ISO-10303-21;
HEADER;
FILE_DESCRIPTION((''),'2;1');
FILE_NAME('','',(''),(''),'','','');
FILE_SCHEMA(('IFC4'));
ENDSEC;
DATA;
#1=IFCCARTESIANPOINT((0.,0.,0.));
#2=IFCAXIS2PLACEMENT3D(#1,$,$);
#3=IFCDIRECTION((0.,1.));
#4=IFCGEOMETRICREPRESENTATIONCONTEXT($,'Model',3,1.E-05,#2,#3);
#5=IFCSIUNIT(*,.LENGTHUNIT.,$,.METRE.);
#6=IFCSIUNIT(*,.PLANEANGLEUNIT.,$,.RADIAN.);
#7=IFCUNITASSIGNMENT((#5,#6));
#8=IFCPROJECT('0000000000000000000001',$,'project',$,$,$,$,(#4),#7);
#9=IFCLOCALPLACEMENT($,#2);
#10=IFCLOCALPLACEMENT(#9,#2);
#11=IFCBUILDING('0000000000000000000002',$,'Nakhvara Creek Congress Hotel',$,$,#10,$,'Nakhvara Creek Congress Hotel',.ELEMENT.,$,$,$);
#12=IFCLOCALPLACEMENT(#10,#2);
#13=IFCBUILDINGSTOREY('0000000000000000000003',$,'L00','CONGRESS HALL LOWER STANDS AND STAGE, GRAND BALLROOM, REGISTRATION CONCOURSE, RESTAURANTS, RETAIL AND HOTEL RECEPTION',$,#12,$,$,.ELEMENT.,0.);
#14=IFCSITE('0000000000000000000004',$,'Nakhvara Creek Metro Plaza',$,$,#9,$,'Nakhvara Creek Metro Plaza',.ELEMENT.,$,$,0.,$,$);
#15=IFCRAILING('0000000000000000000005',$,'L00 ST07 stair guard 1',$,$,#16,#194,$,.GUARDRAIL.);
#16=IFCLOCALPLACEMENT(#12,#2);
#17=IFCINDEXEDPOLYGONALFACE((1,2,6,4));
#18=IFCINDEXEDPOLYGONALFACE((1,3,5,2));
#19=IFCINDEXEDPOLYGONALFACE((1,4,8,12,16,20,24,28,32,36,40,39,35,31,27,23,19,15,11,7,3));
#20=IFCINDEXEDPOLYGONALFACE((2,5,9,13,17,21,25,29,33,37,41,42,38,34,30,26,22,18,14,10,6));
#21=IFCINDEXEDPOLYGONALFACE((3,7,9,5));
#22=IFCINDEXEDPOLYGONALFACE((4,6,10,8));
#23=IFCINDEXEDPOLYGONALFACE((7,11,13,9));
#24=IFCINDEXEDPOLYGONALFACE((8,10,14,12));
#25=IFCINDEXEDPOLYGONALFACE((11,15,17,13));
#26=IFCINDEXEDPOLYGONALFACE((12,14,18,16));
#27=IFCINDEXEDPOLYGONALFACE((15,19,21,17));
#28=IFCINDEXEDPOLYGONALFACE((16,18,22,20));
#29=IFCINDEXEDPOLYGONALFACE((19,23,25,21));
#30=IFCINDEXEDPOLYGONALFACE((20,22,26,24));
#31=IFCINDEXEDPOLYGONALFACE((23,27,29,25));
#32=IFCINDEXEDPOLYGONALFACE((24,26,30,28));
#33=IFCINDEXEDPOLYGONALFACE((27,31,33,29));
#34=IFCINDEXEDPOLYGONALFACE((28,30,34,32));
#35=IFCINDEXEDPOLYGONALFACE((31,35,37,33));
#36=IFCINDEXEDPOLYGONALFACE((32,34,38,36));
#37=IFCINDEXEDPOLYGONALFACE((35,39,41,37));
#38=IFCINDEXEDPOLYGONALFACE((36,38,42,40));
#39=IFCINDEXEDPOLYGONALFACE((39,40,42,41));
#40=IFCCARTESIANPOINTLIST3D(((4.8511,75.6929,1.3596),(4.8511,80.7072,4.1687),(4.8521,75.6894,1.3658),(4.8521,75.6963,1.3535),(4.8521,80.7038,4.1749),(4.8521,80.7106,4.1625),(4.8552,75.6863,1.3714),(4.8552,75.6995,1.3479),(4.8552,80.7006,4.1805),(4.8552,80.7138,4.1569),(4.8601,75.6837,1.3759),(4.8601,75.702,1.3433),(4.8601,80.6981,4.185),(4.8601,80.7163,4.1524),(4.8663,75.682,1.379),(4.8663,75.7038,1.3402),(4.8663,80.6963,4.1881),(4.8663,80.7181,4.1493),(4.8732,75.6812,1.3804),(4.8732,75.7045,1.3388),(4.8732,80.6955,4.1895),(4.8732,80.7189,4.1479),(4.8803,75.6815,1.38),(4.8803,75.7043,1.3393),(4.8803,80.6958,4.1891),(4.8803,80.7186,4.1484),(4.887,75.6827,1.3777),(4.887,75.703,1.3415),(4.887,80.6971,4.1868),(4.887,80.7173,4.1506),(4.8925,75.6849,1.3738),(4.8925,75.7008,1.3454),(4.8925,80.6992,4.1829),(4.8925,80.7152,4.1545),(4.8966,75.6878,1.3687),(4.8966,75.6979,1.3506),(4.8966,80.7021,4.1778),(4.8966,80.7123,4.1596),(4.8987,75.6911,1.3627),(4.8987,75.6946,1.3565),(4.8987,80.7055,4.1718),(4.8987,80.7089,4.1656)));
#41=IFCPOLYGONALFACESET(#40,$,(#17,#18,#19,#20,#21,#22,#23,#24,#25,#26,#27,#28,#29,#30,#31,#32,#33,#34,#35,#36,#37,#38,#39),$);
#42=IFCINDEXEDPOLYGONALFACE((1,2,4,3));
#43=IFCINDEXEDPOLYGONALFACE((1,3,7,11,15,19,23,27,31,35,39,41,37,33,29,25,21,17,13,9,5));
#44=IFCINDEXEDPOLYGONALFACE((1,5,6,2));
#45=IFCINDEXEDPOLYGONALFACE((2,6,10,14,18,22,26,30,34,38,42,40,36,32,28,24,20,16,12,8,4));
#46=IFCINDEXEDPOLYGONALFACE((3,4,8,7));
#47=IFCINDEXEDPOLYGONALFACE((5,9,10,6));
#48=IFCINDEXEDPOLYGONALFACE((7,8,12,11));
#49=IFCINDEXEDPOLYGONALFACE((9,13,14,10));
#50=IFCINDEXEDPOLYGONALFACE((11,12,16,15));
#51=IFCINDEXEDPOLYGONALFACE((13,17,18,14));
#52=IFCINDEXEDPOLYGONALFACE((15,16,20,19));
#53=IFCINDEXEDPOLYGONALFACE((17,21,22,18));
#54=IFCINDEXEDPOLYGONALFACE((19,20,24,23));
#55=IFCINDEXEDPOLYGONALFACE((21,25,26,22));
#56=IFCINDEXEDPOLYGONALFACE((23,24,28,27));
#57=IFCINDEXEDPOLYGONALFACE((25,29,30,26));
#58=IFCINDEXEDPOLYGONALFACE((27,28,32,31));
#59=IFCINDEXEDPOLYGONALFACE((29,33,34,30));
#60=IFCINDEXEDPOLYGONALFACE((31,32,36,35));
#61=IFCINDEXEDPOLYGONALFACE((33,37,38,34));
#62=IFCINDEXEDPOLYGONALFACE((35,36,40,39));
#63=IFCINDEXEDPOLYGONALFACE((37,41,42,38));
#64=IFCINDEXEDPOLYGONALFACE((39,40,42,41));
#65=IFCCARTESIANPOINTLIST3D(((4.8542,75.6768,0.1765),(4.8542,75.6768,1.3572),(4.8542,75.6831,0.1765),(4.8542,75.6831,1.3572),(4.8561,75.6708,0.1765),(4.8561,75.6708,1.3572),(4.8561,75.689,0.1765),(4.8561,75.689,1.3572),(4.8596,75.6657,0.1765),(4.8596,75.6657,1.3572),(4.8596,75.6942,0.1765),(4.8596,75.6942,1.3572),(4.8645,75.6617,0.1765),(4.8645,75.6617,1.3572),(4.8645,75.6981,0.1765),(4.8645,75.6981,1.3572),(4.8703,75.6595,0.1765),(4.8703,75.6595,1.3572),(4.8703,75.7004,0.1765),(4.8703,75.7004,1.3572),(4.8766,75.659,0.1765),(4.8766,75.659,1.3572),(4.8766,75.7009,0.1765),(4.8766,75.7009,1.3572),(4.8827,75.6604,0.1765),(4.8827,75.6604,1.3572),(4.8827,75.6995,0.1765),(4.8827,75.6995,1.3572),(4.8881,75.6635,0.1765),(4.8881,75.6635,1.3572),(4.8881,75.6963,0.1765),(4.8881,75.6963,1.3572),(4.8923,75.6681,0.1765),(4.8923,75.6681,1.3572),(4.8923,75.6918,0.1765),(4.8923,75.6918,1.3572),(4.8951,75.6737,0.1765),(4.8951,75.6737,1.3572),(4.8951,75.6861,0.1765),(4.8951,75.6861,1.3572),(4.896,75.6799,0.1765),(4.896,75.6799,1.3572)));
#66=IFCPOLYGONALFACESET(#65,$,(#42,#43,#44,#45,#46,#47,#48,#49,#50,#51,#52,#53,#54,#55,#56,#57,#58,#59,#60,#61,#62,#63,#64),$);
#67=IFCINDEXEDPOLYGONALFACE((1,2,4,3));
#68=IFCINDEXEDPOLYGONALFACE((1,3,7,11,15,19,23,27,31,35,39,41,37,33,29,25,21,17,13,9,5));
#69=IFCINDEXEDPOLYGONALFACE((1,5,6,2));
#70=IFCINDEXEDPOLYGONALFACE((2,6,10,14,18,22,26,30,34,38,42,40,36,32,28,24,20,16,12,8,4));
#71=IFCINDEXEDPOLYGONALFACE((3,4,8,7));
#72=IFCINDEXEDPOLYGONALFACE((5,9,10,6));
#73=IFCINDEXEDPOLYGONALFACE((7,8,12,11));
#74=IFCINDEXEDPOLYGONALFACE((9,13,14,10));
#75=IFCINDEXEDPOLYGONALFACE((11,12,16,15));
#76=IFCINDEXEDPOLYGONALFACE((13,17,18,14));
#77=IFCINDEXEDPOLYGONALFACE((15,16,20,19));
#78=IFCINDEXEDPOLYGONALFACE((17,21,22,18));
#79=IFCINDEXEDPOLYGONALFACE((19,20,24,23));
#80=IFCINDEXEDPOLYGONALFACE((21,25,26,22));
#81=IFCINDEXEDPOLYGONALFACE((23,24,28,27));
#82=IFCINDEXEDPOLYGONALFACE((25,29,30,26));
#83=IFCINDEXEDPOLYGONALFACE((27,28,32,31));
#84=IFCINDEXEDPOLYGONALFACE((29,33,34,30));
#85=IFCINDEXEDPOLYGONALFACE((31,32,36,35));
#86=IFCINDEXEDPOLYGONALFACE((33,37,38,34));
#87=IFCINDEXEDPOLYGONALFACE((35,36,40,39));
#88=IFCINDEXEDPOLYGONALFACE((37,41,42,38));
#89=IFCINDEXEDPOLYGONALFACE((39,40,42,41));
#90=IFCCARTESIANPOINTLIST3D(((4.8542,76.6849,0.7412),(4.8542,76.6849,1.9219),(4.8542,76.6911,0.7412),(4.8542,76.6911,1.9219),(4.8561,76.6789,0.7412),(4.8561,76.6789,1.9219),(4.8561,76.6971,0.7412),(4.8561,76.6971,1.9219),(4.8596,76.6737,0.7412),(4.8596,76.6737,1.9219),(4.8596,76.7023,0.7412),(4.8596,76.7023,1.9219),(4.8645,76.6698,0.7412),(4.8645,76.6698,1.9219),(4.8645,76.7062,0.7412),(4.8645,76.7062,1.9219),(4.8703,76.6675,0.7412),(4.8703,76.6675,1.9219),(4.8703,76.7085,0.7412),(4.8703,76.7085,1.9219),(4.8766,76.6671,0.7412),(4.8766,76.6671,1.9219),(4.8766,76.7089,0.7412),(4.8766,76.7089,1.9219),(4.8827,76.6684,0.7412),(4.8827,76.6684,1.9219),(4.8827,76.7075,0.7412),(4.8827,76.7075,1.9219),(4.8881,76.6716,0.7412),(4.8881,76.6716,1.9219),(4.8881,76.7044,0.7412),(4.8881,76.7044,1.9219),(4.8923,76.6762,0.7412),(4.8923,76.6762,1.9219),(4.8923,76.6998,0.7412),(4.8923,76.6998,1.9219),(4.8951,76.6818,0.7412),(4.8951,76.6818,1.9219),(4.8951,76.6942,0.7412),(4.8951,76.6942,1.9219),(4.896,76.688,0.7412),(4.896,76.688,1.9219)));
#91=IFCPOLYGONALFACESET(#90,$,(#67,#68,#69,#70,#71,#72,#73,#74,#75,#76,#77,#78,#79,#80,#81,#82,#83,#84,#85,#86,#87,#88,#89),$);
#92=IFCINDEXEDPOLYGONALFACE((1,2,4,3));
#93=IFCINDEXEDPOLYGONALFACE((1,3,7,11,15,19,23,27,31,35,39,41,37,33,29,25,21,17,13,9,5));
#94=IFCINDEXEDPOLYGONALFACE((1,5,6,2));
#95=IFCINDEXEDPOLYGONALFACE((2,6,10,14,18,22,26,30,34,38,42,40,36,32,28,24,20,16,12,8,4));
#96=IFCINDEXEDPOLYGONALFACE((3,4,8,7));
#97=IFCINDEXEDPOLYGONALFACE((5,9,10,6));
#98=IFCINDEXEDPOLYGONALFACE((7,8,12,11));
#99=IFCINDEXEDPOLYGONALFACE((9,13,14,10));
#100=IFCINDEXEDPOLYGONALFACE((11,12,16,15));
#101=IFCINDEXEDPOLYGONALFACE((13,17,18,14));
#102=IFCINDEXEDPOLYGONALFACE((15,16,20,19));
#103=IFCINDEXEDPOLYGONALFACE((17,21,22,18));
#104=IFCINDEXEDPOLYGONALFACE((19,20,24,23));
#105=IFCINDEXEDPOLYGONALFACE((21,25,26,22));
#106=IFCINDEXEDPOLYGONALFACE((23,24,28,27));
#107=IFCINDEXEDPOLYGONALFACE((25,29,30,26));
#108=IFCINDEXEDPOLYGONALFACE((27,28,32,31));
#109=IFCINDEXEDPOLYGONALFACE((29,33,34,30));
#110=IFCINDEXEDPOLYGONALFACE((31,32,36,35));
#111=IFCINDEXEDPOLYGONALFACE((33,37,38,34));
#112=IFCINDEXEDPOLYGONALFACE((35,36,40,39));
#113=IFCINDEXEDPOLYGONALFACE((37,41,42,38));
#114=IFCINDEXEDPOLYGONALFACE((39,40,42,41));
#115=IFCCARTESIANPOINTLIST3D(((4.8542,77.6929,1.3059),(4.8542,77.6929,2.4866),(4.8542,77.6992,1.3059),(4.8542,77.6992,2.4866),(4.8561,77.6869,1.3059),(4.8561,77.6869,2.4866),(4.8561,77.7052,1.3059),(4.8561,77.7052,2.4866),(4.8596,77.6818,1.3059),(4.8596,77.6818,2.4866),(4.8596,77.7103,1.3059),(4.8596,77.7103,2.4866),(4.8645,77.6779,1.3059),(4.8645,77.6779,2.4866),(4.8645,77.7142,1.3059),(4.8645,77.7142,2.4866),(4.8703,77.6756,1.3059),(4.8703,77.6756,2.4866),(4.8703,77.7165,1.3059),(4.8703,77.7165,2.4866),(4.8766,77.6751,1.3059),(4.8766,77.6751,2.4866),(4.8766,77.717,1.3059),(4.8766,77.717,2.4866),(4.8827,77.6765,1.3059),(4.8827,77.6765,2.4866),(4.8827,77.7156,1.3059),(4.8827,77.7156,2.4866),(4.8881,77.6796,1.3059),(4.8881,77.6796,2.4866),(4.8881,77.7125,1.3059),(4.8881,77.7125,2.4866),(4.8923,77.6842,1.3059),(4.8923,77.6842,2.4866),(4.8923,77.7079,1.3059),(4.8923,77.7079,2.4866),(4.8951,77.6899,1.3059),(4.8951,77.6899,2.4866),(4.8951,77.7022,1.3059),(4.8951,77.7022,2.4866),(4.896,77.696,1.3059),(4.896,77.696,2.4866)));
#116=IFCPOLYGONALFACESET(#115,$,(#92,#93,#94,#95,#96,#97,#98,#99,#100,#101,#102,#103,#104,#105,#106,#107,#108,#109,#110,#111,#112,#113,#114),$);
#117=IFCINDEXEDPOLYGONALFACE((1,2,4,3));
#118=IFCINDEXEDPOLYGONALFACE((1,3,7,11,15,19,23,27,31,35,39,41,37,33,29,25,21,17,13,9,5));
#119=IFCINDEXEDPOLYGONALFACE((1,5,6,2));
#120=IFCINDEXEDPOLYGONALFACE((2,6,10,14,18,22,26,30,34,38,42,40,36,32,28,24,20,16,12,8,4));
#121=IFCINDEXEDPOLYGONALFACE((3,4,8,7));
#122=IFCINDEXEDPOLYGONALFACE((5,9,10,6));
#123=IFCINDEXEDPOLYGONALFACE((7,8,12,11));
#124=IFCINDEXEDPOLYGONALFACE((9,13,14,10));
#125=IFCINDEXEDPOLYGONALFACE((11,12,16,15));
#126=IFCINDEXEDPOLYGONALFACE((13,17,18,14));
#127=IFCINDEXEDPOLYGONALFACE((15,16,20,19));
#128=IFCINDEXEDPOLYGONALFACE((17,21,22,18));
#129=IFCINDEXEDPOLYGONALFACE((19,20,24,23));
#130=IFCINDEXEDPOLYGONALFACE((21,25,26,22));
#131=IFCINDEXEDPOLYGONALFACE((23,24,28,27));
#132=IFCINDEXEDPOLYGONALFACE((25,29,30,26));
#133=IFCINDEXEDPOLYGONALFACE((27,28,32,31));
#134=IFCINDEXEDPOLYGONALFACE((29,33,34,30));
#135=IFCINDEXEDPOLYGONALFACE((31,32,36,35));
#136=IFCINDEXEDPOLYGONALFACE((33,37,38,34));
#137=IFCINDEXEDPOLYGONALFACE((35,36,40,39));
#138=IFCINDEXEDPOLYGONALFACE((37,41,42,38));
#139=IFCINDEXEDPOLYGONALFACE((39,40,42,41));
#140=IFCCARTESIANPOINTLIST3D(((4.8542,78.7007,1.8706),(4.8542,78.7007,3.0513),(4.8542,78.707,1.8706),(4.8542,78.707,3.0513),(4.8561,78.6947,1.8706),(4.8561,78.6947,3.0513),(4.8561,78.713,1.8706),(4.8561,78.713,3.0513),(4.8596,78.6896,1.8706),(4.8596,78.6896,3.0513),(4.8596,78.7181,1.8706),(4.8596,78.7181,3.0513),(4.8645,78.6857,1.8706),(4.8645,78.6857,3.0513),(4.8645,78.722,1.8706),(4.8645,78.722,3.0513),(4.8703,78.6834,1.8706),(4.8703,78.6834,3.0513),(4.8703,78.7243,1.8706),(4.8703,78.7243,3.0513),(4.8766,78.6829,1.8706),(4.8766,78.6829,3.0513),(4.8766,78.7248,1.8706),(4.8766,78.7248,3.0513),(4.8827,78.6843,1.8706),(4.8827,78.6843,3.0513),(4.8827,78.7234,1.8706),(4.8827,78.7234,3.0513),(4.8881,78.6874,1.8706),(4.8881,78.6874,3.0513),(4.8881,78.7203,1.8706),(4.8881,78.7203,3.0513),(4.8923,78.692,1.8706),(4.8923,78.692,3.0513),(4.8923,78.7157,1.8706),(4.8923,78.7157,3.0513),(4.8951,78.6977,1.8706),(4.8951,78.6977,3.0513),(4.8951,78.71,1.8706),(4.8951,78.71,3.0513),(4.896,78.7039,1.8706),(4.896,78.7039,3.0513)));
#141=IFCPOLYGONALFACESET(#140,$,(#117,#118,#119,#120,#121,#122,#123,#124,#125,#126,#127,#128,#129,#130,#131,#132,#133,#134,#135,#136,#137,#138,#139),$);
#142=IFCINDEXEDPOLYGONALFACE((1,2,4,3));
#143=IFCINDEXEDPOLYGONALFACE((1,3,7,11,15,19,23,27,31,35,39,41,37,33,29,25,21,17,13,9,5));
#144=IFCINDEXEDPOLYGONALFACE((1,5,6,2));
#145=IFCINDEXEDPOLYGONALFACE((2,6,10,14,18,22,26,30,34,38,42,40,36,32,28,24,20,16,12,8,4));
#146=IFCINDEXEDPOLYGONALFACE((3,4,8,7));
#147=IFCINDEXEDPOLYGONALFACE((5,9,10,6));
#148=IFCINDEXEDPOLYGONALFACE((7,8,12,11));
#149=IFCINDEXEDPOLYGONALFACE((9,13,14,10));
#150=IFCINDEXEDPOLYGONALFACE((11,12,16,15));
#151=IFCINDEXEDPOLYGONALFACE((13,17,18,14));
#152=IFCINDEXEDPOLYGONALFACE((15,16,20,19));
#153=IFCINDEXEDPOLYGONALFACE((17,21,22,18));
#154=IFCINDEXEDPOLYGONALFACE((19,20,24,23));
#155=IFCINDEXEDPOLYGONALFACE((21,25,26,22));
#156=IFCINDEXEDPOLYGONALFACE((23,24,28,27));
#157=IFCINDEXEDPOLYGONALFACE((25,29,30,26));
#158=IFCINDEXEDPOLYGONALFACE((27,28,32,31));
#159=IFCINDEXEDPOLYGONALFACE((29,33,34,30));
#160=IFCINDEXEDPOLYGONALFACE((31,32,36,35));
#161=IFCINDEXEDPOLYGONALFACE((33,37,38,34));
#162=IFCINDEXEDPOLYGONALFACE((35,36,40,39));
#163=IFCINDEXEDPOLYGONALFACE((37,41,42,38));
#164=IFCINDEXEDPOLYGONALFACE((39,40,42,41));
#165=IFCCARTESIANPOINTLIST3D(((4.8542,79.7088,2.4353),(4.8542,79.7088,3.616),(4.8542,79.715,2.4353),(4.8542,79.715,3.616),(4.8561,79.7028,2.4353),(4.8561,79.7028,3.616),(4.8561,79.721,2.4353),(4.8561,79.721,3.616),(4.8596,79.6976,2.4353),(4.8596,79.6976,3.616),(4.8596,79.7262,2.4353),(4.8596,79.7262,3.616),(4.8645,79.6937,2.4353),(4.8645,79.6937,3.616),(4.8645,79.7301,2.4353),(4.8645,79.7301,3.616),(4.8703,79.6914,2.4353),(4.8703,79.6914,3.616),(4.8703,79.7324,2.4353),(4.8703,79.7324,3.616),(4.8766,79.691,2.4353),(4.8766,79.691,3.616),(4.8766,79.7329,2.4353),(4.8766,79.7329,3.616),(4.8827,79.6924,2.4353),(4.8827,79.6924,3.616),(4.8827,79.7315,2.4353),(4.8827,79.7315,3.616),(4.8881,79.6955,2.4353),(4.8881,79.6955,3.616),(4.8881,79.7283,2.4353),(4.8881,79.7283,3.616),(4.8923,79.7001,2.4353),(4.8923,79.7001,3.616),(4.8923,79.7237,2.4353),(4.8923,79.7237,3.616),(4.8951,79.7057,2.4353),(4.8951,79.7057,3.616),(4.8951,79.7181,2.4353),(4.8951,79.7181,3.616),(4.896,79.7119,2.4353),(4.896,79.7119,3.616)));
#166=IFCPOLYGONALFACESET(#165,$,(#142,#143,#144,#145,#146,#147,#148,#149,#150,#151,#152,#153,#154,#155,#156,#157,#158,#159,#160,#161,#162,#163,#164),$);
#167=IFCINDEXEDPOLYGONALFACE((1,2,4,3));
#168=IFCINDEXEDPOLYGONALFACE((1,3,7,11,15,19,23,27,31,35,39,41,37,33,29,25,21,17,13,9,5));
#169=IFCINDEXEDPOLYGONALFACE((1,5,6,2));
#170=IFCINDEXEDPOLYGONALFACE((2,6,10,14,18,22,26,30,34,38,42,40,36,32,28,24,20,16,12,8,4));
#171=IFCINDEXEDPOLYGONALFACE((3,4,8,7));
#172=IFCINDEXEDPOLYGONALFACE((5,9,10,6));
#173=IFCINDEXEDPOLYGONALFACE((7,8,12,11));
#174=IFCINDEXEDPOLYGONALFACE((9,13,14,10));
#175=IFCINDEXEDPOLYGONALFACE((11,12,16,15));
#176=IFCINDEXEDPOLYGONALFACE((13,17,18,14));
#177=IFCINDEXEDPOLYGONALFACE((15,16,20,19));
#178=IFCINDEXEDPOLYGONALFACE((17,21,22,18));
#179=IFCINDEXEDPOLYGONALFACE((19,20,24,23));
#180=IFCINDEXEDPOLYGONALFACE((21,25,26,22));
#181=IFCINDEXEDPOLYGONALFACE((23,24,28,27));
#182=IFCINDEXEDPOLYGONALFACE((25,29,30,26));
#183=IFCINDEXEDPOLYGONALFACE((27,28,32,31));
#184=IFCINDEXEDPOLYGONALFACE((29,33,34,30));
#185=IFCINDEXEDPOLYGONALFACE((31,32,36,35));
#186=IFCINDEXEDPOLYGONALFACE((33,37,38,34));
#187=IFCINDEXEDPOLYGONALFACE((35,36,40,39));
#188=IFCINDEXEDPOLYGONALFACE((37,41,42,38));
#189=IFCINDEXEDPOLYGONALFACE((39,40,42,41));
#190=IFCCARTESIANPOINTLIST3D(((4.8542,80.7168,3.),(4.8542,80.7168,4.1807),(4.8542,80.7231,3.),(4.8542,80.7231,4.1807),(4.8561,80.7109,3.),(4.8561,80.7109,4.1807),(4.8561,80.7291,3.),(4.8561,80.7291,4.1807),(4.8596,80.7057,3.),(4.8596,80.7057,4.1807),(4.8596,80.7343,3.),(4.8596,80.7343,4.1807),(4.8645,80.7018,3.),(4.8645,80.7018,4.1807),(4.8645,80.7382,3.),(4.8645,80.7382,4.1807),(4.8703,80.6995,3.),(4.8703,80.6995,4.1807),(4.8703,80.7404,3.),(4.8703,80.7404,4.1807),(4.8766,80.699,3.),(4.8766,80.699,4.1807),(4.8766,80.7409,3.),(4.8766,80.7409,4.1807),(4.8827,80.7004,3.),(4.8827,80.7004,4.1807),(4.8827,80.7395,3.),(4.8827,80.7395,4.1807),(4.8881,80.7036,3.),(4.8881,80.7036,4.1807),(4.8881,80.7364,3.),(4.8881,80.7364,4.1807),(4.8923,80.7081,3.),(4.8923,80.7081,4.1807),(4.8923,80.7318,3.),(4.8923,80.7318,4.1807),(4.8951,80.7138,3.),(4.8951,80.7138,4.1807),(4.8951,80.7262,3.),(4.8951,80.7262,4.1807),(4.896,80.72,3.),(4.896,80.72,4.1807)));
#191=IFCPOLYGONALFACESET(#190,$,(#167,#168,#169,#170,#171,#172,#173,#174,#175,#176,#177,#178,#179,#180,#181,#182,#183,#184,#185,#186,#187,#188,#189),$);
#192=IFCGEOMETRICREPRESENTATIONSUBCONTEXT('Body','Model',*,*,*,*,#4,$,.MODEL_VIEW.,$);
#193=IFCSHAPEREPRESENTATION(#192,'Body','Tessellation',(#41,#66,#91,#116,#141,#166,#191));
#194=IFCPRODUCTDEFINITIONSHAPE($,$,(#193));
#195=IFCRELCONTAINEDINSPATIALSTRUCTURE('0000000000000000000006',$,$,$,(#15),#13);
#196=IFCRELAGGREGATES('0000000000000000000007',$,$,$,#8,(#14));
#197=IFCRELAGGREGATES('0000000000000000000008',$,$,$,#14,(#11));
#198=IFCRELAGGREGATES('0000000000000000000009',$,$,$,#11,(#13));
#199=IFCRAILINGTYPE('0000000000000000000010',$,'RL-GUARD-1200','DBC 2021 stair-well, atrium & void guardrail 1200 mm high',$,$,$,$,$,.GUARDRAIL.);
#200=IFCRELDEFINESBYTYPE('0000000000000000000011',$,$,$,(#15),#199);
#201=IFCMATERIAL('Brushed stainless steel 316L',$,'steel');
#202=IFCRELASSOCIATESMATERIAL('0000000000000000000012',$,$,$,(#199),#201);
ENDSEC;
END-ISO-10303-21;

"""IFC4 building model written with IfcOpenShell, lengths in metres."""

from ifc_helpers import new_model, si_unit, direction, frame, origin, origin_2d, place, context, subcontext, project, spatial, circle, extrude, material, type_object, element, save


model = new_model("IFC4")

# Units and contexts
model_context = context("Model", 3, precision=1e-05, world=origin(), true_north=direction((0.0, 1.0)))
body_context = subcontext(model_context, "Body", "Model", "MODEL_VIEW")
ifc_project = project(units=[si_unit("LENGTHUNIT", "METRE"), si_unit("PLANEANGLEUNIT", "RADIAN")], contexts=[model_context])

# Site, building, storey
site_placement = place(None, origin())
site = spatial("IfcSite", under=ifc_project, at=site_placement, Name="Nakhvara Creek Metro Plaza", LongName="Nakhvara Creek Metro Plaza", CompositionType="ELEMENT", RefElevation=0.0)
building_placement = place(site_placement, origin())
building = spatial("IfcBuilding", under=site, at=building_placement, Name="Nakhvara Creek Congress Hotel", LongName="Nakhvara Creek Congress Hotel", CompositionType="ELEMENT")
storey_placement = place(building_placement, origin())
storey = spatial("IfcBuildingStorey", under=building, at=storey_placement, Name="L00", Description="CONGRESS HALL LOWER STANDS AND STAGE, GRAND BALLROOM, REGISTRATION CONCOURSE, RESTAURANTS, RETAIL AND HOTEL RECEPTION", CompositionType="ELEMENT", Elevation=0.0)

# Railing
ifc_material_1 = material(Name="Brushed stainless steel 316L", Category="steel")
railing_type_1 = type_object("IfcRailingType", Name="RL-GUARD-1200", Description="DBC 2021 stair-well, atrium & void guardrail 1200 mm high", PredefinedType="GUARDRAIL", material=ifc_material_1)
railing_1_placement = place(storey_placement, frame((4.875, 75.6799, 0.1765)))
element("IfcRailing", 1, at=railing_1_placement, inside=storey, type_object=railing_type_1, Name="L00 ST07 stair guard 1", PredefinedType="GUARDRAIL", context=body_context, shape_type="SweptSolid", body=[
    extrude(circle(Radius=0.0239, at=origin_2d()), frame((0.0, 0.0129, 1.1831), z_axis=(0.0, 0.872427, 0.488744), x_axis=(-1.0, 0.0, 0.0)), (0.0, 0.0, 1.0), 5.7476),
    extrude(circle(Radius=0.021, at=origin_2d()), origin(), (0.0, 0.0, 1.0), 1.1807),
    extrude(circle(Radius=0.021, at=origin_2d()), frame((0.0, 1.0081, 0.5647)), (0.0, 0.0, 1.0), 1.1807),
    extrude(circle(Radius=0.021, at=origin_2d()), frame((0.0, 2.0161, 1.1294)), (0.0, 0.0, 1.0), 1.1807),
    extrude(circle(Radius=0.021, at=origin_2d()), frame((0.0, 3.0239, 1.6941)), (0.0, 0.0, 1.0), 1.1807),
    extrude(circle(Radius=0.021, at=origin_2d()), frame((0.0, 4.032, 2.2588)), (0.0, 0.0, 1.0), 1.1807),
    extrude(circle(Radius=0.021, at=origin_2d()), frame((0.0, 5.04, 2.8235)), (0.0, 0.0, 1.0), 1.1807),
])

save(model, "model.ifc")
